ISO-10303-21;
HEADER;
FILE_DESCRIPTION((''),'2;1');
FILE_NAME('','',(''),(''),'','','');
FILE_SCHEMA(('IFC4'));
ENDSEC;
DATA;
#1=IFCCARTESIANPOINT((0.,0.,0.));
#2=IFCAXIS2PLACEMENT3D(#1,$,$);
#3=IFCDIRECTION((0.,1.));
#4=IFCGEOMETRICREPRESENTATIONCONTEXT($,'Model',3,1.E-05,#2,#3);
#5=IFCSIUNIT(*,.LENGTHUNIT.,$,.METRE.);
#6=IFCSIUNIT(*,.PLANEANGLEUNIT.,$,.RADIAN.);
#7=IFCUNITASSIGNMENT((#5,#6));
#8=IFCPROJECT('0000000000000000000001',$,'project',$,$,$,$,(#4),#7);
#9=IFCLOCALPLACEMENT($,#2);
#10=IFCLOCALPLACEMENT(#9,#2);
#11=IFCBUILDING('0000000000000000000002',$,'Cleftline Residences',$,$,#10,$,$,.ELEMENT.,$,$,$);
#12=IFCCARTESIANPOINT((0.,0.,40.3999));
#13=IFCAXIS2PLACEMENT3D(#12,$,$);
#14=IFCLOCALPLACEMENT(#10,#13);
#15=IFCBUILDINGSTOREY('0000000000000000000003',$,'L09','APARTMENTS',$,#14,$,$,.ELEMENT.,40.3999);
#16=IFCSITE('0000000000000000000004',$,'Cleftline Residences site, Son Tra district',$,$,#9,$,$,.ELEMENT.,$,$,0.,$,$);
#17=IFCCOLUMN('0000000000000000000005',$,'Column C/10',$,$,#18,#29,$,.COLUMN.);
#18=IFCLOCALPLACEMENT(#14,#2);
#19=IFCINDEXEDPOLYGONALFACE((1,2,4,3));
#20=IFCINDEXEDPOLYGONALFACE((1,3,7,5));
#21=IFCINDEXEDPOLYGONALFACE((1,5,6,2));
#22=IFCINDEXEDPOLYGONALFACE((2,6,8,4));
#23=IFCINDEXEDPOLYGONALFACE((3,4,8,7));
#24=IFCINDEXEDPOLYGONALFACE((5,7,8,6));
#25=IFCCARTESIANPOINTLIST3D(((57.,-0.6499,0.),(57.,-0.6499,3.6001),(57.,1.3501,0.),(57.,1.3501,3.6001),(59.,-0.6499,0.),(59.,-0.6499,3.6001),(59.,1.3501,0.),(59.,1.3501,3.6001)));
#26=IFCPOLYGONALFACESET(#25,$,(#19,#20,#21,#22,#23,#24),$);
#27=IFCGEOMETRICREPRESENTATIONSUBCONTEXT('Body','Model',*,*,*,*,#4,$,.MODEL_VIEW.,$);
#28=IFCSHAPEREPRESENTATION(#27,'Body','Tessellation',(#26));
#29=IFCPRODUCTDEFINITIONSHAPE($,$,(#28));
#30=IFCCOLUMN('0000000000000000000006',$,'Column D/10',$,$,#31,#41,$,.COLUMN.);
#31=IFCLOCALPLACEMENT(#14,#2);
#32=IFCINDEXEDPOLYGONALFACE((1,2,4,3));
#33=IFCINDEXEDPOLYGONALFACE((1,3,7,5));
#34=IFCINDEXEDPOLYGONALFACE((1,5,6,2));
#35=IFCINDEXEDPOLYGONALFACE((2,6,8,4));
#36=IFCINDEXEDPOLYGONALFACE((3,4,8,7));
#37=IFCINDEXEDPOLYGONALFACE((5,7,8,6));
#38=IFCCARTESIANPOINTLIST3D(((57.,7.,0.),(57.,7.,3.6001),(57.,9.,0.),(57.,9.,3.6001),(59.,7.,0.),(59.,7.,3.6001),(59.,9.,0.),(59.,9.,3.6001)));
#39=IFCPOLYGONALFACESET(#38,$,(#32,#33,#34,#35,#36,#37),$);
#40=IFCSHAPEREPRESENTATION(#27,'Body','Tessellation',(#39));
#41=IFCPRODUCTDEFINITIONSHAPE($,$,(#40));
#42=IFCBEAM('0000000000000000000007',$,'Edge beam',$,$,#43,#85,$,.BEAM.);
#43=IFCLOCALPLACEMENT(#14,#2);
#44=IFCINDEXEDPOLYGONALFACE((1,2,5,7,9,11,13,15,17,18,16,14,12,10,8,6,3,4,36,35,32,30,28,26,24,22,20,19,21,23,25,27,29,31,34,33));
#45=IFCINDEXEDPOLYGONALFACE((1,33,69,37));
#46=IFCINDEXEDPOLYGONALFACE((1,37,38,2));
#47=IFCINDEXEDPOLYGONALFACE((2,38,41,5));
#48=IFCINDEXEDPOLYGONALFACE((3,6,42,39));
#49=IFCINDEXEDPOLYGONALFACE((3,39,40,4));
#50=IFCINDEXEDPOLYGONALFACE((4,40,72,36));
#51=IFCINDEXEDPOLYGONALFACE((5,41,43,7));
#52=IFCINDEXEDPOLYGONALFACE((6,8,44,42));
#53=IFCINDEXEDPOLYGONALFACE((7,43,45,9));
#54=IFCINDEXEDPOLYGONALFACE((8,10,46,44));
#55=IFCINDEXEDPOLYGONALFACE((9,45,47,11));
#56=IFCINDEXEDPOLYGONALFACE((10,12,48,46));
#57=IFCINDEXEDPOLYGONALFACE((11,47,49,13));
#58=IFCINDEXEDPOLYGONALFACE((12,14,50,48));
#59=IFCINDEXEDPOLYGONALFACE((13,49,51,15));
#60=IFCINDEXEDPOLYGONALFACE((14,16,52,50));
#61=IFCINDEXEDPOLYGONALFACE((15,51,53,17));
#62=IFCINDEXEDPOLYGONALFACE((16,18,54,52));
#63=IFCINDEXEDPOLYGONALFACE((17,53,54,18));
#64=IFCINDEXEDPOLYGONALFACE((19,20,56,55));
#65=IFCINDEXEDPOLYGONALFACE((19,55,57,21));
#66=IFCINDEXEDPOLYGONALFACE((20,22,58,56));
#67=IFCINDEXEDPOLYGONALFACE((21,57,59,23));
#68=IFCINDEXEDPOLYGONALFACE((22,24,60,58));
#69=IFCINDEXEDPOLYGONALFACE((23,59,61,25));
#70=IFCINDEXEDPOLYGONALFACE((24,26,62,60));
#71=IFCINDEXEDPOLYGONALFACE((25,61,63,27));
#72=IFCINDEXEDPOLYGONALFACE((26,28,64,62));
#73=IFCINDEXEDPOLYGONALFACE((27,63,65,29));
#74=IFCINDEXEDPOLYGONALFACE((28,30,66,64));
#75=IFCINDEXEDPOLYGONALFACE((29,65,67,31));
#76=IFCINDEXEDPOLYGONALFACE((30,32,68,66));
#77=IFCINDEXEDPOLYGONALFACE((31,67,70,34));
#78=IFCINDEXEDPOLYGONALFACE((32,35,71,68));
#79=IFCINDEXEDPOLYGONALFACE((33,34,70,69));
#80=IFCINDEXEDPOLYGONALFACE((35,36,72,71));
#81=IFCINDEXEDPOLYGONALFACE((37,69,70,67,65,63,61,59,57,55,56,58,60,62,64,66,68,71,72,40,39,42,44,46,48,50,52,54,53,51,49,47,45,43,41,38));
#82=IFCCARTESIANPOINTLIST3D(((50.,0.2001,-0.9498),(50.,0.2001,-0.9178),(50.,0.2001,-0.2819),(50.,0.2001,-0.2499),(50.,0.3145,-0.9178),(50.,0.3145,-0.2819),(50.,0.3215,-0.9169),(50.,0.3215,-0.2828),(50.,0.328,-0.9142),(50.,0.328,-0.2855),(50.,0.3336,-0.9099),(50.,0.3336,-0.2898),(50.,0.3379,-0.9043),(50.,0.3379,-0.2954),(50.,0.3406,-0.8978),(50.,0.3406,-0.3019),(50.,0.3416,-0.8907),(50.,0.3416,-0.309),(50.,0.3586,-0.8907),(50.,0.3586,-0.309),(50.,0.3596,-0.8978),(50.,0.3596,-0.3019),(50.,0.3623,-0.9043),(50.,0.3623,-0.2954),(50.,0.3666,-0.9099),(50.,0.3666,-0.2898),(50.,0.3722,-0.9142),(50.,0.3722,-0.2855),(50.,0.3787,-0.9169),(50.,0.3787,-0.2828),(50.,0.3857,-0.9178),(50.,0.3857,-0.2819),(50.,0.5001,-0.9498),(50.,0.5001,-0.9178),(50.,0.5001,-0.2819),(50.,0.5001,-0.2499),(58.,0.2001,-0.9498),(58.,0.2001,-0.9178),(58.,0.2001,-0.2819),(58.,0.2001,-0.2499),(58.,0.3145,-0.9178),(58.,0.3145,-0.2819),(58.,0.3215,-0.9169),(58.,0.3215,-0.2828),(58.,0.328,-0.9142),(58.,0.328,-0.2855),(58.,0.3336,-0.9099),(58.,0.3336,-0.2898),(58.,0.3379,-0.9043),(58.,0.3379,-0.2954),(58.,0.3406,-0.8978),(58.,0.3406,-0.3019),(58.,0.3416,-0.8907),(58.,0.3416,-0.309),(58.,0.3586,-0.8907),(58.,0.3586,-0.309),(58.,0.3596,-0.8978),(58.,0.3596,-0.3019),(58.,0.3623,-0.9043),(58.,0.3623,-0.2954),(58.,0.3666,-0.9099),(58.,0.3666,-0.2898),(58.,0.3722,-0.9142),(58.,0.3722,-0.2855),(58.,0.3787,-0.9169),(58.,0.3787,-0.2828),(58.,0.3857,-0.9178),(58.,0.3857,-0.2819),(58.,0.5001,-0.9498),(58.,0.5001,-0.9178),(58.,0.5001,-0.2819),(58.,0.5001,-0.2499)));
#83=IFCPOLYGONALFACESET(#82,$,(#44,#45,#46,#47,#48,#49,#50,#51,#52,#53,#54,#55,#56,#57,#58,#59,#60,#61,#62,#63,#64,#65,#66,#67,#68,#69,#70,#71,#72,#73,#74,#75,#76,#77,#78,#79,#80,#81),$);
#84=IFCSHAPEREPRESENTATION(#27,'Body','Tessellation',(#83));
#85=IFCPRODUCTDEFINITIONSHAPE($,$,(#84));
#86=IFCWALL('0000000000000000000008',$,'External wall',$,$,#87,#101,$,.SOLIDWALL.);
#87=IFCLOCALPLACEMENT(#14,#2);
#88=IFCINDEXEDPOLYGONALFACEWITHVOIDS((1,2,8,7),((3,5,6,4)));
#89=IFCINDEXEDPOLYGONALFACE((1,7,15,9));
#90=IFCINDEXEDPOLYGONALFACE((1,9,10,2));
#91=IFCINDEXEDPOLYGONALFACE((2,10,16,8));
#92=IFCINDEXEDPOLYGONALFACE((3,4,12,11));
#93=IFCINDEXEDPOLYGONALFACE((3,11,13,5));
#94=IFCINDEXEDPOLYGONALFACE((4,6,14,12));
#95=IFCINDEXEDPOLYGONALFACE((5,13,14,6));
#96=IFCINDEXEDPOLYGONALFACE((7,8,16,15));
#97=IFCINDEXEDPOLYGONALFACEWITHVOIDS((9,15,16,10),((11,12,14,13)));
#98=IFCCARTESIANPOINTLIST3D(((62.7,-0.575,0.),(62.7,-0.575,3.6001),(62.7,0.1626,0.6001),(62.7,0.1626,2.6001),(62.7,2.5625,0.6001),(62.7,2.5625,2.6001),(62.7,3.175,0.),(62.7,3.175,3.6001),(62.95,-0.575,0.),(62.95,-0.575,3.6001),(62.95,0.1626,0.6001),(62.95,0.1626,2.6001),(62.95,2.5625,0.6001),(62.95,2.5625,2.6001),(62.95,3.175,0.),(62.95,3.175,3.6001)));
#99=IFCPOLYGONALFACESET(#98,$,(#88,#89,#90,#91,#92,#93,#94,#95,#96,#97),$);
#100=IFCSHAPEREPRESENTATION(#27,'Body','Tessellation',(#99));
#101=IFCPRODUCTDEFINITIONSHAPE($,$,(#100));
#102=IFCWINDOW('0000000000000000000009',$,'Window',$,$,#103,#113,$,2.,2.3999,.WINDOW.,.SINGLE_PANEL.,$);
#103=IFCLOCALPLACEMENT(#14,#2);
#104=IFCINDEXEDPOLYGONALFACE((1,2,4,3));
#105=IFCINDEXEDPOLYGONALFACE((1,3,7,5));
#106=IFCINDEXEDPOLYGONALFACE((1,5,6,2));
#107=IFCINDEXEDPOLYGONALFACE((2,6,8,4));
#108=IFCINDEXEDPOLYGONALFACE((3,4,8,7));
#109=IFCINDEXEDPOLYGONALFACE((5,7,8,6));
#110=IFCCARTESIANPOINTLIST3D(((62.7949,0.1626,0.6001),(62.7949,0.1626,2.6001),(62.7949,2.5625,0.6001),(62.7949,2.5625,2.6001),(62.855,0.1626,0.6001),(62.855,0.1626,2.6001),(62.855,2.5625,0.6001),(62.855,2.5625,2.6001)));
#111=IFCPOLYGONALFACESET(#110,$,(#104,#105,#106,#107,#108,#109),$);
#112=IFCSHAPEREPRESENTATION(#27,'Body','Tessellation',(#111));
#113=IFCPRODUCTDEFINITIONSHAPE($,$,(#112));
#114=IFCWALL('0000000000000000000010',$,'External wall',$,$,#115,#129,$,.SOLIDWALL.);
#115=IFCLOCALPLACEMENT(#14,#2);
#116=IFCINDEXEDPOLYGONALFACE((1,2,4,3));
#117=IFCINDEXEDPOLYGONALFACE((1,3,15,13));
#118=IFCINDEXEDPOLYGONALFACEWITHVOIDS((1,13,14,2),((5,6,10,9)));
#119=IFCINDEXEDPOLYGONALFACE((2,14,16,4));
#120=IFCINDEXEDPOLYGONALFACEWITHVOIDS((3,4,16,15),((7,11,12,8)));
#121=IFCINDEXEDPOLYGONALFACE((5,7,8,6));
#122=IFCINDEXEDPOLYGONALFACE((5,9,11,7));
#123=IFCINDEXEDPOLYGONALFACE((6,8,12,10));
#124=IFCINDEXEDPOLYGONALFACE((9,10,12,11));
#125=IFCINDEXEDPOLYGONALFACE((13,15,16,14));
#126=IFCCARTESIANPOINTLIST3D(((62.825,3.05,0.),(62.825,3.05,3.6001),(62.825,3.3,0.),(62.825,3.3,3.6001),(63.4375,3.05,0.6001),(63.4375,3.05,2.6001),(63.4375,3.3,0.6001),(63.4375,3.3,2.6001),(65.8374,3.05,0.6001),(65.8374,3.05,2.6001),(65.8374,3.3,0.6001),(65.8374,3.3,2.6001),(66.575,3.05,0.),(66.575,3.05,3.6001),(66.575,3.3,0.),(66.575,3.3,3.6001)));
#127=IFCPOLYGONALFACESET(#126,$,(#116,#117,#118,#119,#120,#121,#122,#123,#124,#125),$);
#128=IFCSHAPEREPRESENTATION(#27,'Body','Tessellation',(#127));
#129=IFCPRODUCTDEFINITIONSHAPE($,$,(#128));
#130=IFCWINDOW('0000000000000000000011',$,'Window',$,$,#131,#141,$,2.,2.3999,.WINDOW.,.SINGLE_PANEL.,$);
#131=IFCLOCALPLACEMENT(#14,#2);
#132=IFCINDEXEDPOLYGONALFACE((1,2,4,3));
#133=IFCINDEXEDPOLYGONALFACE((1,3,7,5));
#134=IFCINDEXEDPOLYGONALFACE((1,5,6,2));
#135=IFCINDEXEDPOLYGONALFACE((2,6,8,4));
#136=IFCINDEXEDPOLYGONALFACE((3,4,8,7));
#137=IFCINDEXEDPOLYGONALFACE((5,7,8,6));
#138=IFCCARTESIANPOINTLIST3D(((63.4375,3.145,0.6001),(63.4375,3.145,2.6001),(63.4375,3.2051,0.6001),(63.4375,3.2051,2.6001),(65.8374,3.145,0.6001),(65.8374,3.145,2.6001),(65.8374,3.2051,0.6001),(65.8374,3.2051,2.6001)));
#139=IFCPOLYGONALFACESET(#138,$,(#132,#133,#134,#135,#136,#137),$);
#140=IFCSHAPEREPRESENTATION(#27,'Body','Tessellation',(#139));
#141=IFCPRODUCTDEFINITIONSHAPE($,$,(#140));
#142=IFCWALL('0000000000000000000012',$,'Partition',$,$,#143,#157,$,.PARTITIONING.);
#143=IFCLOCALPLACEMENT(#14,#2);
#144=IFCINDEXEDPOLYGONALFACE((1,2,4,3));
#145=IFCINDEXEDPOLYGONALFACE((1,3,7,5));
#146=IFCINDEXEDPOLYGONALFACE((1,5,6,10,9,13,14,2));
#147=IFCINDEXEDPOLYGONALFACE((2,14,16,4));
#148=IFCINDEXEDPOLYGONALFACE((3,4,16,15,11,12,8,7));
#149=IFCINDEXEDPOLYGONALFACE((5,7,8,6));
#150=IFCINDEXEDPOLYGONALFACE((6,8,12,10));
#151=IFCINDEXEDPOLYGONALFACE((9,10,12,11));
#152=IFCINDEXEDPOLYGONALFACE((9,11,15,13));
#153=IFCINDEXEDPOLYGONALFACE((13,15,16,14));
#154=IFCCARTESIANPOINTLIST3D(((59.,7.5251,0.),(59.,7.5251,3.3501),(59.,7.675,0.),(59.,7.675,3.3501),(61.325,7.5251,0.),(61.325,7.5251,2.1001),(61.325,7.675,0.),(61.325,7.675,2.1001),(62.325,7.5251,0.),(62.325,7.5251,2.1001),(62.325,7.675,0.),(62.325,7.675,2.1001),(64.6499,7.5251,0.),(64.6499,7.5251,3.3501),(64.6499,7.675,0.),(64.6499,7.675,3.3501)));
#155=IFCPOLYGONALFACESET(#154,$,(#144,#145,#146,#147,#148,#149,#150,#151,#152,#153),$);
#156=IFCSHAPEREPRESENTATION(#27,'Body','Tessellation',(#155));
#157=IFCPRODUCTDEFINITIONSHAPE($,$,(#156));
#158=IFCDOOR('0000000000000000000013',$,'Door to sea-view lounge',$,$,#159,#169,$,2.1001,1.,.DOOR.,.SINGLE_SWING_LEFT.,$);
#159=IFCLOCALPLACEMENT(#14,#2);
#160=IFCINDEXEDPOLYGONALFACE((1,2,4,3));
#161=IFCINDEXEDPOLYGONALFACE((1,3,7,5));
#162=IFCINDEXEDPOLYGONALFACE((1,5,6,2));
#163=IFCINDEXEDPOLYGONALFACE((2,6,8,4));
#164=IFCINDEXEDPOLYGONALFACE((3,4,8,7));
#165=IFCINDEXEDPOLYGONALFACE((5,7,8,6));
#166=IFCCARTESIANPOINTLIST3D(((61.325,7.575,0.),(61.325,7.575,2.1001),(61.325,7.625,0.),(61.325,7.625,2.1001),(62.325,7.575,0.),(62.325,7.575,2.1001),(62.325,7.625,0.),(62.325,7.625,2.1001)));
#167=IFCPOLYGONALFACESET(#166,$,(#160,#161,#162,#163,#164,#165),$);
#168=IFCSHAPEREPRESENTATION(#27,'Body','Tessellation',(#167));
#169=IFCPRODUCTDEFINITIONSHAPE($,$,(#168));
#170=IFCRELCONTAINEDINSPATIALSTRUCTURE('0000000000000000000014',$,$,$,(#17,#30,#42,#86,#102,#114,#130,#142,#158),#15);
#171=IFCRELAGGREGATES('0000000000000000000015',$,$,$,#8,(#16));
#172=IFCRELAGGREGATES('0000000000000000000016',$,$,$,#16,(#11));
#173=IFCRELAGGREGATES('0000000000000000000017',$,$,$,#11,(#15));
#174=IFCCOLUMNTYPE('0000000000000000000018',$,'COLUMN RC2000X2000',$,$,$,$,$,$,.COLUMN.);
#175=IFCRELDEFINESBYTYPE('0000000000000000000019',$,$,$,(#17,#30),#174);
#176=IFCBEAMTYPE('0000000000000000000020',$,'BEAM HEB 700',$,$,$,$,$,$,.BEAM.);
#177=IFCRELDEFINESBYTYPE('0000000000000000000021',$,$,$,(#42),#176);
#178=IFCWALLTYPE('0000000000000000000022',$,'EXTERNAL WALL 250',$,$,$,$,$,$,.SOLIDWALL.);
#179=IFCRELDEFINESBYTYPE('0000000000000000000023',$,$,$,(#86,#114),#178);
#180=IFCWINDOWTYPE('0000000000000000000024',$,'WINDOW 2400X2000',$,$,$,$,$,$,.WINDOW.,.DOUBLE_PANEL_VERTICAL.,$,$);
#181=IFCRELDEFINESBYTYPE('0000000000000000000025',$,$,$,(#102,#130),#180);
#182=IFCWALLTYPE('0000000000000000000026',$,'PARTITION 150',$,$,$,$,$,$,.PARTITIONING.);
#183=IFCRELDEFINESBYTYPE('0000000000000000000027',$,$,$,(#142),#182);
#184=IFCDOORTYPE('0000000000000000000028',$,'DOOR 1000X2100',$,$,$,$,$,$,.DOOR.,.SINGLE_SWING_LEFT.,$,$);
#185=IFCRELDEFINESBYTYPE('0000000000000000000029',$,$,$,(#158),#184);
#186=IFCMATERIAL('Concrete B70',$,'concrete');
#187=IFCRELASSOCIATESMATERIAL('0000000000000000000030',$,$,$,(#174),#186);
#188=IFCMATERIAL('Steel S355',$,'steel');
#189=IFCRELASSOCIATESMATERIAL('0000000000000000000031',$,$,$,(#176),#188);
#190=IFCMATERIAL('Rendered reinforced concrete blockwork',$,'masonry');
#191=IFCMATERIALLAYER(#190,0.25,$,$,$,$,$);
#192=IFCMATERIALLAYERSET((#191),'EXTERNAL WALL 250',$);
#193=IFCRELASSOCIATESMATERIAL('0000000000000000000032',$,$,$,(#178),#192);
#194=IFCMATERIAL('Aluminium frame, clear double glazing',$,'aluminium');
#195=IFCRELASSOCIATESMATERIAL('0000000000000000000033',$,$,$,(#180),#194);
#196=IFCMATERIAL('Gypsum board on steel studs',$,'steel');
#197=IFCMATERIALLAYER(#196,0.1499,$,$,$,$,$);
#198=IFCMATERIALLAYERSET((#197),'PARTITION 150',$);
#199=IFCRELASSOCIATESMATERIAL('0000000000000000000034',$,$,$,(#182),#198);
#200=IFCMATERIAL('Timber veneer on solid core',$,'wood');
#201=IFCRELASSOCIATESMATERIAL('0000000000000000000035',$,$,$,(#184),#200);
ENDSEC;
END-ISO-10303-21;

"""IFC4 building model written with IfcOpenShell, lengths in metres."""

from ifc_helpers import new_model, si_unit, direction, frame, frame_2d, origin, origin_2d, place, context, subcontext, project, spatial, rectangle, i_section, extrude, material, layer, layer_set, material_profile, profile_set, type_object, element, fill, save


model = new_model("IFC4")

# Units and contexts
model_context = context("Model", 3, precision=1e-05, world=origin(), true_north=direction((0.0, 1.0)))
body_context = subcontext(model_context, "Body", "Model", "MODEL_VIEW")
ifc_project = project(units=[si_unit("LENGTHUNIT", "METRE"), si_unit("PLANEANGLEUNIT", "RADIAN")], contexts=[model_context])

# Site, building, storey
site_placement = place(None, origin())
site = spatial("IfcSite", under=ifc_project, at=site_placement, Name="Cleftline Residences site, Son Tra district", CompositionType="ELEMENT", RefElevation=0.0)
building_placement = place(site_placement, origin())
building = spatial("IfcBuilding", under=site, at=building_placement, Name="Cleftline Residences", CompositionType="ELEMENT")
storey_placement = place(building_placement, frame((0.0, 0.0, 40.3999)))
storey = spatial("IfcBuildingStorey", under=building, at=storey_placement, Name="L09", Description="APARTMENTS", CompositionType="ELEMENT", Elevation=40.3999)

# Columns
ifc_material_1 = material(Name="Concrete B70", Category="concrete")
ifc_material_profile_1 = material_profile(ifc_material_1, rectangle(XDim=2.0, YDim=2.0, at=origin_2d()))
ifc_profile_set_1 = profile_set([ifc_material_profile_1], Name="Concrete B70")
column_type = type_object("IfcColumnType", Name="COLUMN RC2000X2000", PredefinedType="COLUMN", material=ifc_profile_set_1)
for number, where, z_axis, x_axis, name in (
    (1, (58.0, 0.3501, 0.0), (0.0, 0.0, 1.0), (1.0, 0.0, 0.0), "Column C/10"),
    (2, (58.0, 8.0, 0.0), (0.0, 0.0, 1.0), (1.0, 0.0, 0.0), "Column D/10"),
):
    element("IfcColumn", number, at=place(storey_placement, frame(where, z_axis=z_axis, x_axis=x_axis)), inside=storey, type_object=column_type, Name=name, PredefinedType="COLUMN", context=body_context, shape_type="SweptSolid", body=[
        extrude(rectangle(XDim=2.0, YDim=2.0, at=origin_2d()), origin(), (0.0, 0.0, 1.0), 3.6001),
    ])

# Beam
ifc_material_2 = material(Name="Steel S355", Category="steel")
ifc_material_profile_2 = material_profile(ifc_material_2, i_section(OverallWidth=0.3, OverallDepth=0.7, WebThickness=0.0171, FlangeThickness=0.032, FilletRadius=0.0271, at=origin_2d()))
ifc_profile_set_2 = profile_set([ifc_material_profile_2], Name="Steel S355")
beam_type = type_object("IfcBeamType", Name="BEAM HEB 700", PredefinedType="BEAM", material=ifc_profile_set_2)
beam_placement = place(storey_placement, frame((58.0, 0.3501, -0.5999), z_axis=(-1.0, 0.0, 0.0), x_axis=(0.0, -1.0, 0.0)))
element("IfcBeam", 3, at=beam_placement, inside=storey, type_object=beam_type, Name="Edge beam", PredefinedType="BEAM", context=body_context, shape_type="SweptSolid", body=[
    extrude(i_section(OverallWidth=0.3, OverallDepth=0.7, WebThickness=0.0171, FlangeThickness=0.032, FilletRadius=0.0271, at=origin_2d()), origin(), (0.0, 0.0, 1.0), 8.0),
])

# Walls, openings, windows
ifc_material_3 = material(Name="Rendered reinforced concrete blockwork", Category="masonry")
ifc_layer_1 = layer(ifc_material_3, 0.25)
ifc_layer_set_1 = layer_set([ifc_layer_1], Name="EXTERNAL WALL 250")
wall_type_1 = type_object("IfcWallType", Name="EXTERNAL WALL 250", PredefinedType="SOLIDWALL", material=ifc_layer_set_1)
wall_1_placement = place(storey_placement, frame((62.825, -0.575, 0.0), z_axis=(0.0, 0.0, 1.0), x_axis=(0.0, 1.0, 0.0)))
wall_1 = element("IfcWall", 4, at=wall_1_placement, inside=storey, type_object=wall_type_1, Name="External wall", PredefinedType="SOLIDWALL", context=body_context, shape_type="SweptSolid", body=[
    extrude(rectangle(XDim=3.75, YDim=0.25, at=frame_2d((1.875, 0.0))), origin(), (0.0, 0.0, 1.0), 3.6001),
])
opening_1_placement = place(wall_1_placement, frame((0.7375, 0.0, 0.6001)))
opening_1 = element("IfcOpeningElement", 5, at=opening_1_placement, cuts=wall_1, PredefinedType="OPENING", context=body_context, shape_type="SweptSolid", body=[
    extrude(rectangle(XDim=2.3999, YDim=2.0, at=frame_2d((1.2, 1.0))), frame((0.0, 0.135, 0.0), z_axis=(0.0, -1.0, 0.0), x_axis=(1.0, 0.0, 0.0)), (0.0, 0.0, 1.0), 0.27),
])
ifc_material_4 = material(Name="Aluminium frame, clear double glazing", Category="aluminium")
window_type = type_object("IfcWindowType", Name="WINDOW 2400X2000", PartitioningType="DOUBLE_PANEL_VERTICAL", PredefinedType="WINDOW", material=ifc_material_4)
window_1_placement = place(opening_1_placement, origin())
window_1 = element("IfcWindow", 6, at=window_1_placement, inside=storey, type_object=window_type, Name="Window", OverallHeight=2.0, OverallWidth=2.3999, PartitioningType="SINGLE_PANEL", PredefinedType="WINDOW", context=body_context, shape_type="SweptSolid", body=[
    extrude(rectangle(XDim=2.3999, YDim=2.0, at=frame_2d((1.2, 1.0))), frame((0.0, 0.03, 0.0), z_axis=(0.0, -1.0, 0.0), x_axis=(1.0, 0.0, 0.0)), (0.0, 0.0, 1.0), 0.0601),
])
fill(opening_1, window_1)
wall_2_placement = place(storey_placement, frame((62.825, 3.175, 0.0), z_axis=(0.0, 0.0, 1.0), x_axis=(1.0, 0.0, 0.0)))
wall_2 = element("IfcWall", 7, at=wall_2_placement, inside=storey, type_object=wall_type_1, Name="External wall", PredefinedType="SOLIDWALL", context=body_context, shape_type="SweptSolid", body=[
    extrude(rectangle(XDim=3.75, YDim=0.25, at=frame_2d((1.875, 0.0))), origin(), (0.0, 0.0, 1.0), 3.6001),
])
opening_2_placement = place(wall_2_placement, frame((0.6125, 0.0, 0.6001)))
opening_2 = element("IfcOpeningElement", 8, at=opening_2_placement, cuts=wall_2, PredefinedType="OPENING", context=body_context, shape_type="SweptSolid", body=[
    extrude(rectangle(XDim=2.3999, YDim=2.0, at=frame_2d((1.2, 1.0))), frame((0.0, 0.135, 0.0), z_axis=(0.0, -1.0, 0.0), x_axis=(1.0, 0.0, 0.0)), (0.0, 0.0, 1.0), 0.27),
])
window_2_placement = place(opening_2_placement, origin())
window_2 = element("IfcWindow", 9, at=window_2_placement, inside=storey, type_object=window_type, Name="Window", OverallHeight=2.0, OverallWidth=2.3999, PartitioningType="SINGLE_PANEL", PredefinedType="WINDOW", context=body_context, shape_type="SweptSolid", body=[
    extrude(rectangle(XDim=2.3999, YDim=2.0, at=frame_2d((1.2, 1.0))), frame((0.0, 0.03, 0.0), z_axis=(0.0, -1.0, 0.0), x_axis=(1.0, 0.0, 0.0)), (0.0, 0.0, 1.0), 0.0601),
])
fill(opening_2, window_2)

# Wall, opening, door
ifc_material_5 = material(Name="Gypsum board on steel studs", Category="steel")
ifc_layer_2 = layer(ifc_material_5, 0.1499)
ifc_layer_set_2 = layer_set([ifc_layer_2], Name="PARTITION 150")
wall_type_2 = type_object("IfcWallType", Name="PARTITION 150", PredefinedType="PARTITIONING", material=ifc_layer_set_2)
wall_3_placement = place(storey_placement, frame((59.0, 7.6001, 0.0), z_axis=(0.0, 0.0, 1.0), x_axis=(1.0, 0.0, 0.0)))
wall_3 = element("IfcWall", 10, at=wall_3_placement, inside=storey, type_object=wall_type_2, Name="Partition", PredefinedType="PARTITIONING", context=body_context, shape_type="SweptSolid", body=[
    extrude(rectangle(XDim=5.6499, YDim=0.1499, at=frame_2d((2.825, 0.0))), origin(), (0.0, 0.0, 1.0), 3.3501),
])
opening_3_placement = place(wall_3_placement, frame((2.325, 0.0, 0.0)))
opening_3 = element("IfcOpeningElement", 11, at=opening_3_placement, cuts=wall_3, PredefinedType="OPENING", context=body_context, shape_type="SweptSolid", body=[
    extrude(rectangle(XDim=1.0, YDim=2.1001, at=frame_2d((0.5, 1.05))), frame((0.0, 0.085, 0.0), z_axis=(0.0, -1.0, 0.0), x_axis=(1.0, 0.0, 0.0)), (0.0, 0.0, 1.0), 0.1699),
])
ifc_material_6 = material(Name="Timber veneer on solid core", Category="wood")
door_type_1 = type_object("IfcDoorType", Name="DOOR 1000X2100", OperationType="SINGLE_SWING_LEFT", PredefinedType="DOOR", material=ifc_material_6)
door_1_placement = place(opening_3_placement, origin())
door_1 = element("IfcDoor", 12, at=door_1_placement, inside=storey, type_object=door_type_1, Name="Door to sea-view lounge", OperationType="SINGLE_SWING_LEFT", OverallHeight=2.1001, OverallWidth=1.0, PredefinedType="DOOR", context=body_context, shape_type="SweptSolid", body=[
    extrude(rectangle(XDim=1.0, YDim=2.1001, at=frame_2d((0.5, 1.05))), frame((0.0, 0.0249, 0.0), z_axis=(0.0, -1.0, 0.0), x_axis=(1.0, 0.0, 0.0)), (0.0, 0.0, 1.0), 0.05),
])
fill(opening_3, door_1)

save(model, "model.ifc")
